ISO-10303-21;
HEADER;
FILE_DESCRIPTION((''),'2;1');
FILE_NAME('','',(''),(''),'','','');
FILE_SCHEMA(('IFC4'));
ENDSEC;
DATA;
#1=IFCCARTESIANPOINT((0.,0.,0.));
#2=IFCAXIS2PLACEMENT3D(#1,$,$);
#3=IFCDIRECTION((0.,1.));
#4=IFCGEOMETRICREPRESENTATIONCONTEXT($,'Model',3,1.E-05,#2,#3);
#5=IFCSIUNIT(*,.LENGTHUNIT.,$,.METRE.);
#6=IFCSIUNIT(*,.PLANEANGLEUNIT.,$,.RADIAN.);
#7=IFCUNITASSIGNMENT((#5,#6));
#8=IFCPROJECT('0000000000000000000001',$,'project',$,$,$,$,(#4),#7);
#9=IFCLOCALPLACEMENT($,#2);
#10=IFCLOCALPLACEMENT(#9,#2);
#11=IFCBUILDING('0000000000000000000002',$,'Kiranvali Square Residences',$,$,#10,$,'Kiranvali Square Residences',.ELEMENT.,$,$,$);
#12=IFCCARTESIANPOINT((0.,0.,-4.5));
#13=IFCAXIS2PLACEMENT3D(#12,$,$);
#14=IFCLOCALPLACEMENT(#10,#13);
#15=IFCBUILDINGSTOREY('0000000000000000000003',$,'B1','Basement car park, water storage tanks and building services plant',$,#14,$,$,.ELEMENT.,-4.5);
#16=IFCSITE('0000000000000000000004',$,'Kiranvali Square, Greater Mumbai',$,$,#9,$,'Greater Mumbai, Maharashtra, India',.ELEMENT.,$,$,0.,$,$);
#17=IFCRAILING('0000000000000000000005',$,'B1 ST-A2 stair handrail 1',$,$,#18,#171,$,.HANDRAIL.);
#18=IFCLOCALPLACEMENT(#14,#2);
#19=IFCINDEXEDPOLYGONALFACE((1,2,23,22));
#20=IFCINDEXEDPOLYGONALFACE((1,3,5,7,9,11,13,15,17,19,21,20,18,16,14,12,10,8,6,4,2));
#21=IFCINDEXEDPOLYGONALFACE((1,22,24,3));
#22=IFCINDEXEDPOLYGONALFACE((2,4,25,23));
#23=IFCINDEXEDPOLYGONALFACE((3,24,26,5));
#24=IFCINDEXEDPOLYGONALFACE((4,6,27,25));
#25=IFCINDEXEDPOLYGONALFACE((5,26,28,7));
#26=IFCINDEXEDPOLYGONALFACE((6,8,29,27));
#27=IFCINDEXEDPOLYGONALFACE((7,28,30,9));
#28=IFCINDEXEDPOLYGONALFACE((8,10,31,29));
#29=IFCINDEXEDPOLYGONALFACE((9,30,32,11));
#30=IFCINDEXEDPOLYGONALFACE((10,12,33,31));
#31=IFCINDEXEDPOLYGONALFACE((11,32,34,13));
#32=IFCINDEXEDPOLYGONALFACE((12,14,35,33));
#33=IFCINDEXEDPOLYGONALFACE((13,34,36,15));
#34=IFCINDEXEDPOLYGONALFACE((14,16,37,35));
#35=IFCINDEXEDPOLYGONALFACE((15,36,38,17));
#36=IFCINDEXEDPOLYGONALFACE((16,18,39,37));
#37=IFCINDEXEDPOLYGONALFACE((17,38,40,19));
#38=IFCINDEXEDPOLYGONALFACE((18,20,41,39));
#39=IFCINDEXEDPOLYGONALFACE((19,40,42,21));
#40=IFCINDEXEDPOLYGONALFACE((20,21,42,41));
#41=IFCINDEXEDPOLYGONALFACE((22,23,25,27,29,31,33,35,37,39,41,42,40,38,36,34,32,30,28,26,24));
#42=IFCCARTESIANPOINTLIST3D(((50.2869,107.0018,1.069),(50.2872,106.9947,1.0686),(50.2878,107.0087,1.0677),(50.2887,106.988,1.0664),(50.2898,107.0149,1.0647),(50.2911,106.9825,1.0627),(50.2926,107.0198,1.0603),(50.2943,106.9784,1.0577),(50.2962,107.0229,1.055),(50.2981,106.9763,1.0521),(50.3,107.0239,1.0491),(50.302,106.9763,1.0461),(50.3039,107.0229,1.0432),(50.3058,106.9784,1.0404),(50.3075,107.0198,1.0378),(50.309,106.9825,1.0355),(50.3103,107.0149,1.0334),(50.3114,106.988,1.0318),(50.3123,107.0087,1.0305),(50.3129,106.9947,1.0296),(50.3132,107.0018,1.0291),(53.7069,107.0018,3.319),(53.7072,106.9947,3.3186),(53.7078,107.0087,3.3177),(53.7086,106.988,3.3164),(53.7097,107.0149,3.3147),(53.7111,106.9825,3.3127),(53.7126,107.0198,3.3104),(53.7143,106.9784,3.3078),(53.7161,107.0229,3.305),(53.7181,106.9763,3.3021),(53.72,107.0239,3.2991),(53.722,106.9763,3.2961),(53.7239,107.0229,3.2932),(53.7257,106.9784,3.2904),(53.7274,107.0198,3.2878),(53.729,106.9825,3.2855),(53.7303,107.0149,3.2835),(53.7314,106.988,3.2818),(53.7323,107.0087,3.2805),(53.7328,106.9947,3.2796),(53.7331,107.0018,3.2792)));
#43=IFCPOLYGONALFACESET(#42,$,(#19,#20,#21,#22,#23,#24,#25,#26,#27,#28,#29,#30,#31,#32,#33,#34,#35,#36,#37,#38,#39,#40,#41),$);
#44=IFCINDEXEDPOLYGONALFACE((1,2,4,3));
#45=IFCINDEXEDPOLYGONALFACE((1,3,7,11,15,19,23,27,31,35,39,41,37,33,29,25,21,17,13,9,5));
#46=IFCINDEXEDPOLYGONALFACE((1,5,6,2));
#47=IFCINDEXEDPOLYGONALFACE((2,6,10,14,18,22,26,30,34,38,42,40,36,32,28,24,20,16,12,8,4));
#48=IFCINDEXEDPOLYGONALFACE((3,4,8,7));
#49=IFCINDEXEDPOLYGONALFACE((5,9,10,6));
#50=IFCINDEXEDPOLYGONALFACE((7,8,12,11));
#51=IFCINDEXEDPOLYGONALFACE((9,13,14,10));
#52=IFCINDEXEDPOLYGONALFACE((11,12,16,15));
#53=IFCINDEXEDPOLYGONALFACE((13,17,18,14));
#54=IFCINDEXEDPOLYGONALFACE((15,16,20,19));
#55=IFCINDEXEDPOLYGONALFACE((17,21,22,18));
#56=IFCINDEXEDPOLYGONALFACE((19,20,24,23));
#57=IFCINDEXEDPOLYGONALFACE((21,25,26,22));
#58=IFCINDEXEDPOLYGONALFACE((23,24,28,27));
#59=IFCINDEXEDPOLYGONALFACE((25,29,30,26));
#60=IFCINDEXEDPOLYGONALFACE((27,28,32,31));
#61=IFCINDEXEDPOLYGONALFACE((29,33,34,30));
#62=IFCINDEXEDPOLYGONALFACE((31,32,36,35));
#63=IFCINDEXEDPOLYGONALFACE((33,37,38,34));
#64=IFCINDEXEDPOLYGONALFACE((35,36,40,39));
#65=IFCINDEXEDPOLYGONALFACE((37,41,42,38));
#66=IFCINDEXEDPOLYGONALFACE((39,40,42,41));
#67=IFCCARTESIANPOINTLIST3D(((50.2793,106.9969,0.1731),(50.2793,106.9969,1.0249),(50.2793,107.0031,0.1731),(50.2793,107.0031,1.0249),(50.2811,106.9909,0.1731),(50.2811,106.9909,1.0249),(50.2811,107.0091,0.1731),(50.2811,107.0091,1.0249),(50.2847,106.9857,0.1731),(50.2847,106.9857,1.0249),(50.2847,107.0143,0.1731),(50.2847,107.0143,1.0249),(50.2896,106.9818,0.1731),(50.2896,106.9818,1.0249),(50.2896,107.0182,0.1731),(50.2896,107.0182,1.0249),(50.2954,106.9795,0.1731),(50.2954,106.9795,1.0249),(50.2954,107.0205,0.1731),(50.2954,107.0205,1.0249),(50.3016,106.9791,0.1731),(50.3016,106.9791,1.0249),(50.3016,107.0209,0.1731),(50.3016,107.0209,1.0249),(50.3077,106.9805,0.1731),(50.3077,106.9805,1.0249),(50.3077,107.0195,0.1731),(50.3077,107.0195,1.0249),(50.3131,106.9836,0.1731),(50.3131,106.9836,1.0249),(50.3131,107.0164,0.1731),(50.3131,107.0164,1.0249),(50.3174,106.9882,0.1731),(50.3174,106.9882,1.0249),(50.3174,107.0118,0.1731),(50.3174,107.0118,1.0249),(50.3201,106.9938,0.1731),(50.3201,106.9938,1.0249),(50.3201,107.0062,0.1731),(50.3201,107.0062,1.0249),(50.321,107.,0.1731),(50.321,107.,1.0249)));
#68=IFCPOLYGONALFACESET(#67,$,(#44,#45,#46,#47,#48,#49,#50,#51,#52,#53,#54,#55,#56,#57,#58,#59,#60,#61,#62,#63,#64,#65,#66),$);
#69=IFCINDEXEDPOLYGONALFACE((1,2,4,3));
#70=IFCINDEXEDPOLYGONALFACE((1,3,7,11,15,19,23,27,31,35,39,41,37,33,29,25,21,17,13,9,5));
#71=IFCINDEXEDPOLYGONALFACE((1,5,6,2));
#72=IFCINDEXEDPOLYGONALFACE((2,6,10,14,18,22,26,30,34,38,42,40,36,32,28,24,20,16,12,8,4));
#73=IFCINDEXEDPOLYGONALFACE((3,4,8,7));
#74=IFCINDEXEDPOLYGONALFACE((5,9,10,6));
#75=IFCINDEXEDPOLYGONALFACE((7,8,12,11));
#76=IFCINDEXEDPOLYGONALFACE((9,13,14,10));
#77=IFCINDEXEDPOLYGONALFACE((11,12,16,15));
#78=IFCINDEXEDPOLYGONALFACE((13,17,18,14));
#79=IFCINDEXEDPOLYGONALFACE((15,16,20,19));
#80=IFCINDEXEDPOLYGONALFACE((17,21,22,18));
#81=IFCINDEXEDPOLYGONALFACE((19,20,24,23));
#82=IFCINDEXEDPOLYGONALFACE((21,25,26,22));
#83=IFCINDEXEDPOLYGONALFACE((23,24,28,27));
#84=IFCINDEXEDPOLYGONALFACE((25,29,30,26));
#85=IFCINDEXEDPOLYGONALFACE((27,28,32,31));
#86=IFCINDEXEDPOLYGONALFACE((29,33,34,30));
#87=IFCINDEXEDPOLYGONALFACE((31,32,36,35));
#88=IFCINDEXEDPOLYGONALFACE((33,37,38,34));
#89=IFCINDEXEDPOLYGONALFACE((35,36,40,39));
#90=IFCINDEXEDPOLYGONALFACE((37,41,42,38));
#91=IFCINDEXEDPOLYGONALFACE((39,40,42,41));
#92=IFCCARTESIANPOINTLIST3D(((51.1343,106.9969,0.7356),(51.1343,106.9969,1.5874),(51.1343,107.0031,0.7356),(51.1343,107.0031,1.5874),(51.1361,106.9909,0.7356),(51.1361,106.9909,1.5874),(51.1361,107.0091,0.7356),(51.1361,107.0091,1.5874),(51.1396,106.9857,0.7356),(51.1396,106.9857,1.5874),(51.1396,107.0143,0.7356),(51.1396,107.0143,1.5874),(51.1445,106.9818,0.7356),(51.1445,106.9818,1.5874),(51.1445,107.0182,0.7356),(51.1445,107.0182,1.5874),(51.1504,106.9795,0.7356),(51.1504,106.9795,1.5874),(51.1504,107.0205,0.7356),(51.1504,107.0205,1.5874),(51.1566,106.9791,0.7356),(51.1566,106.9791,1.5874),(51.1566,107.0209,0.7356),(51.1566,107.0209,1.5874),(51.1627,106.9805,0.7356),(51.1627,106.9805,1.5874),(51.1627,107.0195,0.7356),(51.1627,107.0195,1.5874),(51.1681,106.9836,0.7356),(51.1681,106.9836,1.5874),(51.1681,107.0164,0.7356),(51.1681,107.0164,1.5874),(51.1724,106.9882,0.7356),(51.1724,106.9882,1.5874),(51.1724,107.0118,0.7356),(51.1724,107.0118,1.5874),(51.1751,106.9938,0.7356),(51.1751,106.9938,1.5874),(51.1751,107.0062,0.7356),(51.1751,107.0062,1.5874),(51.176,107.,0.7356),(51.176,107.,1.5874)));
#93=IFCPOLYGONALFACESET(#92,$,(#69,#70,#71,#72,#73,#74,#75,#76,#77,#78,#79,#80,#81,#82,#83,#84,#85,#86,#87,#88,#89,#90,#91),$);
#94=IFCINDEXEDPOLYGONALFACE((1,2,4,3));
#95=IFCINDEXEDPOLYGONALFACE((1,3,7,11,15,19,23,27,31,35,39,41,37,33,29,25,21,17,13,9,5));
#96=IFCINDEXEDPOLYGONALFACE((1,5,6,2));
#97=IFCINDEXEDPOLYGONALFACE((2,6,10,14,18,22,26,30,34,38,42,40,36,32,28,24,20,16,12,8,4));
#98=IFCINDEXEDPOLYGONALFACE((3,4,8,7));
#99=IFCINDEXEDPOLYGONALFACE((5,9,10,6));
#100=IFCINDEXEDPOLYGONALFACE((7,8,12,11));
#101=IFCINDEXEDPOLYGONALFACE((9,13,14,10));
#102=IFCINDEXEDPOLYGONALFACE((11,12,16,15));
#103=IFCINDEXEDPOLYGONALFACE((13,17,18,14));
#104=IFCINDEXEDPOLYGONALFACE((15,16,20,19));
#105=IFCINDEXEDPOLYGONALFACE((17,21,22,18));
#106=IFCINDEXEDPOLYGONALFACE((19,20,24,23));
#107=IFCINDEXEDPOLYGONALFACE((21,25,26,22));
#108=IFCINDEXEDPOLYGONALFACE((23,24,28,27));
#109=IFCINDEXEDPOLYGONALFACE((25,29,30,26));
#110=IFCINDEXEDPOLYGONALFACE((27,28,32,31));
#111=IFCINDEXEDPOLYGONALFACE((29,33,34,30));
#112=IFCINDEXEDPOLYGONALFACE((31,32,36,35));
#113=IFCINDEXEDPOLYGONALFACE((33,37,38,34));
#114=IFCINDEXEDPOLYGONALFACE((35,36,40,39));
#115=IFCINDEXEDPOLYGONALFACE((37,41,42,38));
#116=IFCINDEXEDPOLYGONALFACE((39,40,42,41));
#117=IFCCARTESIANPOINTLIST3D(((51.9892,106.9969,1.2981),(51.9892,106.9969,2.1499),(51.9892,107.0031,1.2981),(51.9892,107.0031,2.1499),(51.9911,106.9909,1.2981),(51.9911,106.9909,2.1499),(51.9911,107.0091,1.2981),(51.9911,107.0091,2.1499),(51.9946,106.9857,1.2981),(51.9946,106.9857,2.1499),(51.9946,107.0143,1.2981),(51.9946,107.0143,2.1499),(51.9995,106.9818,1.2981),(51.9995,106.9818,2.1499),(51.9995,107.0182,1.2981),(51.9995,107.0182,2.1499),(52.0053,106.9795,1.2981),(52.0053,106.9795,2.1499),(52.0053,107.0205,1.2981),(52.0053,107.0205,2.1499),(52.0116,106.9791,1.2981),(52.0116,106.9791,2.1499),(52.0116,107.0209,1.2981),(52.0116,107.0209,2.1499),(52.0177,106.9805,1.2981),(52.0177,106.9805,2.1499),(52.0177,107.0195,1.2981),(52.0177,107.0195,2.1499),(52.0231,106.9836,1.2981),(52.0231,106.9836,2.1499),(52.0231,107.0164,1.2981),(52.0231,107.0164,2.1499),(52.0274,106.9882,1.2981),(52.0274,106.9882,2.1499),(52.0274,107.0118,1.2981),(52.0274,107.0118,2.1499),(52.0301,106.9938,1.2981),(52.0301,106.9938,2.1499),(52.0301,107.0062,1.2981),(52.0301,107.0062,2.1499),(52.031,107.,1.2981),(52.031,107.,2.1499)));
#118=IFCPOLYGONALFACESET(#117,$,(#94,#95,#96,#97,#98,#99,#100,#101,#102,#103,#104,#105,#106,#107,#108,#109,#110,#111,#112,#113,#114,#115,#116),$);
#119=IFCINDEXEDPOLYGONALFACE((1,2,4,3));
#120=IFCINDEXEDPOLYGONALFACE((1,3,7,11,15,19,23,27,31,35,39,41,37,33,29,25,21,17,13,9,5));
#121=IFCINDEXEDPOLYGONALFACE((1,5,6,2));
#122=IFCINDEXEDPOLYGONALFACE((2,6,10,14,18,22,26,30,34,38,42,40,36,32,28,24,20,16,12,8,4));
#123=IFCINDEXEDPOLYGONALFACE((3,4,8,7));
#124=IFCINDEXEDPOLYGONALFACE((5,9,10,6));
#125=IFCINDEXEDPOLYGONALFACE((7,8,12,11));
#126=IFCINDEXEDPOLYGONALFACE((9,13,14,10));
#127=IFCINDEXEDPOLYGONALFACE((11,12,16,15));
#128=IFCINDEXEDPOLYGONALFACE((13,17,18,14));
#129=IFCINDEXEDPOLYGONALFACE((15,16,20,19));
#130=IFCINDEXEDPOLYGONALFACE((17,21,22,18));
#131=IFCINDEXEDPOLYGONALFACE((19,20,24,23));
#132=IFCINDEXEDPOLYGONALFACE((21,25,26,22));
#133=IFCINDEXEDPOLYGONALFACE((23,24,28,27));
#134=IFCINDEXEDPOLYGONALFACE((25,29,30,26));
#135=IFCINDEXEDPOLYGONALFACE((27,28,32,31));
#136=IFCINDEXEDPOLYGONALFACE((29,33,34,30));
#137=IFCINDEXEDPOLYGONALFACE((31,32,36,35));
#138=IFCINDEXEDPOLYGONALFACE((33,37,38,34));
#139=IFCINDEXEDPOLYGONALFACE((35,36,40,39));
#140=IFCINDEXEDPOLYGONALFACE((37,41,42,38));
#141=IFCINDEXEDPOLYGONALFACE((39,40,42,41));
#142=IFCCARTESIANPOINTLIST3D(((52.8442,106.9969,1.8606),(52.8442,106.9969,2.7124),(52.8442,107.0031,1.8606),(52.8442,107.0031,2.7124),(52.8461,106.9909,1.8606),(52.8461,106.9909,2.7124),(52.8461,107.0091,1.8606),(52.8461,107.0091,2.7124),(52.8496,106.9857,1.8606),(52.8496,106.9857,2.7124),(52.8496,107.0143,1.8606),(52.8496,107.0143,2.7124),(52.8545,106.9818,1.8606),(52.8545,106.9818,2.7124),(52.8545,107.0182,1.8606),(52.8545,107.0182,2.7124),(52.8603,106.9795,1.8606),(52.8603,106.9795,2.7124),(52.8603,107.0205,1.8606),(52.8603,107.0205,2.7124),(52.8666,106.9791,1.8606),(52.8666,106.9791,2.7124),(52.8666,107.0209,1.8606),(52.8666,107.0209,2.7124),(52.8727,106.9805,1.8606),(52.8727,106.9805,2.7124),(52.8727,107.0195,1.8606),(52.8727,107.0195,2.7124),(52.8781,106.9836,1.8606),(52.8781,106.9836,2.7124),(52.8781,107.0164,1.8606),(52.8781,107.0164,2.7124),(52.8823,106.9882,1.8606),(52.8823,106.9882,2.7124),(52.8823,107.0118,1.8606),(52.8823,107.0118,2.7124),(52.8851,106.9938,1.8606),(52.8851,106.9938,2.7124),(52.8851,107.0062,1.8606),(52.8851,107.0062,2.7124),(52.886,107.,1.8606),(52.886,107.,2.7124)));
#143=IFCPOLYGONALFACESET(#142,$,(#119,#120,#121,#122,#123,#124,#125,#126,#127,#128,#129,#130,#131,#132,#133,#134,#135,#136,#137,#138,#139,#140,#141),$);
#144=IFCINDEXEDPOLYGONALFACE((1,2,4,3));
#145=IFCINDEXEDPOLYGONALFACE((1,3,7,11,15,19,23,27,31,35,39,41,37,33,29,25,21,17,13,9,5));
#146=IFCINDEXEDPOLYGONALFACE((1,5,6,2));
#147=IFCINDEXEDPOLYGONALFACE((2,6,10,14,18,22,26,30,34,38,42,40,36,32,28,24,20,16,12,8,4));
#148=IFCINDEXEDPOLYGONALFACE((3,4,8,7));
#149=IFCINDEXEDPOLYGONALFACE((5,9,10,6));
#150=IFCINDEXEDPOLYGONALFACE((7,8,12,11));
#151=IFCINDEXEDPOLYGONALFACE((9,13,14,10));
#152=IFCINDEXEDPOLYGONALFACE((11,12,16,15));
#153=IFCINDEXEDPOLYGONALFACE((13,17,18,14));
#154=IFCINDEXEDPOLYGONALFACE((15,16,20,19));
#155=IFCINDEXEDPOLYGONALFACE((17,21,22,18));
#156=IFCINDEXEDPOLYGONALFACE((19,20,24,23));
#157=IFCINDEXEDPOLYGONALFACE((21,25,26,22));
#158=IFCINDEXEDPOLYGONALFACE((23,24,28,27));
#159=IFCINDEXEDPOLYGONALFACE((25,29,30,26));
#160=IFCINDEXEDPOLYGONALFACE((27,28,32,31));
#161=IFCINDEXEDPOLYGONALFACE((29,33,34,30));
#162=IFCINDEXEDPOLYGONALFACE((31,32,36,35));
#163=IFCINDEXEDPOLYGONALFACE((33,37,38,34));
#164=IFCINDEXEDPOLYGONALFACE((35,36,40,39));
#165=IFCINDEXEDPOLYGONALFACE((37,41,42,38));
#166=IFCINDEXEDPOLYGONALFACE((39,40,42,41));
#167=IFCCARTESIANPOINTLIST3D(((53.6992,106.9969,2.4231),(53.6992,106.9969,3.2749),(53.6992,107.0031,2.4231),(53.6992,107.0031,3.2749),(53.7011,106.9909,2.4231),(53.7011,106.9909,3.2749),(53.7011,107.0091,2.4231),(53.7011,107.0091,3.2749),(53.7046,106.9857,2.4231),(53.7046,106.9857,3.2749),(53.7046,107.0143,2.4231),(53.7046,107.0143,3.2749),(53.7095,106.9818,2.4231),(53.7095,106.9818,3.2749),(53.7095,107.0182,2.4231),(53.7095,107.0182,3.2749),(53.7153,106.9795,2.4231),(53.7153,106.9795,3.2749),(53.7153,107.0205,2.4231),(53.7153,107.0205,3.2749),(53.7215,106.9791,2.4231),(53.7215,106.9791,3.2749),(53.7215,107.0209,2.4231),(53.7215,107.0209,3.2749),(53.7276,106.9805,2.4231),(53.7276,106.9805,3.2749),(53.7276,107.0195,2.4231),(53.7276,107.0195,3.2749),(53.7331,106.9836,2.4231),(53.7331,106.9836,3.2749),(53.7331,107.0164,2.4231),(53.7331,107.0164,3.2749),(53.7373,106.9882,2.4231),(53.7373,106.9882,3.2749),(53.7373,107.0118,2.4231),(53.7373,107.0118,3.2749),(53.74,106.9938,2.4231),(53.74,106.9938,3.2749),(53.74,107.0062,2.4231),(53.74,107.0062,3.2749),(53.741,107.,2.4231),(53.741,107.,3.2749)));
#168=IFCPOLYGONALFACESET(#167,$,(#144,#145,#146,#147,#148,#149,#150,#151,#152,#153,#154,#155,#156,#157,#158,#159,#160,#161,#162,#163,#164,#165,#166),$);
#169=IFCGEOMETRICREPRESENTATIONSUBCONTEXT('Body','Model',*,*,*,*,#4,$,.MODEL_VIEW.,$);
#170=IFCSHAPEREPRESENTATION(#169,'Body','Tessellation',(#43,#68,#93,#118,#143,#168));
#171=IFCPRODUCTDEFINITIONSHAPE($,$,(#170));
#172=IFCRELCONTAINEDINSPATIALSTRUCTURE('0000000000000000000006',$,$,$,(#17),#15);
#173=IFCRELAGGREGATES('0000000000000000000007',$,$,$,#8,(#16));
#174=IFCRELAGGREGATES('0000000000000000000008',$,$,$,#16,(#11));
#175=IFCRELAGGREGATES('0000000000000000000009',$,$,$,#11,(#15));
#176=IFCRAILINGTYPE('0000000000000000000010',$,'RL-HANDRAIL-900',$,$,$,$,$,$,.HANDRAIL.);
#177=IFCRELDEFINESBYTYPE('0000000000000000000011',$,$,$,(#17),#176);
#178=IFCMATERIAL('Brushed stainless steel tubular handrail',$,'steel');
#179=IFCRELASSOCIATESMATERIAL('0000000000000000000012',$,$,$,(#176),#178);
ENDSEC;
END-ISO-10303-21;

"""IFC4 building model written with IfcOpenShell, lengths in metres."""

from ifc_helpers import new_model, si_unit, direction, frame, origin, origin_2d, place, context, subcontext, project, spatial, circle, extrude, material, type_object, element, save


model = new_model("IFC4")

# Units and contexts
model_context = context("Model", 3, precision=1e-05, world=origin(), true_north=direction((0.0, 1.0)))
body_context = subcontext(model_context, "Body", "Model", "MODEL_VIEW")
ifc_project = project(units=[si_unit("LENGTHUNIT", "METRE"), si_unit("PLANEANGLEUNIT", "RADIAN")], contexts=[model_context])

# Site, building, storey
site_placement = place(None, origin())
site = spatial("IfcSite", under=ifc_project, at=site_placement, Name="Kiranvali Square, Greater Mumbai", LongName="Greater Mumbai, Maharashtra, India", CompositionType="ELEMENT", RefElevation=0.0)
building_placement = place(site_placement, origin())
building = spatial("IfcBuilding", under=site, at=building_placement, Name="Kiranvali Square Residences", LongName="Kiranvali Square Residences", CompositionType="ELEMENT")
storey_placement = place(building_placement, frame((0.0, 0.0, -4.5)))
storey = spatial("IfcBuildingStorey", under=building, at=storey_placement, Name="B1", Description="Basement car park, water storage tanks and building services plant", CompositionType="ELEMENT", Elevation=-4.5)

# Railing
ifc_material_1 = material(Name="Brushed stainless steel tubular handrail", Category="steel")
railing_type_1 = type_object("IfcRailingType", Name="RL-HANDRAIL-900", PredefinedType="HANDRAIL", material=ifc_material_1)
railing_1_placement = place(storey_placement, frame((50.3, 107.0, 0.1731)))
element("IfcRailing", 1, at=railing_1_placement, inside=storey, type_object=railing_type_1, Name="B1 ST-A2 stair handrail 1", PredefinedType="HANDRAIL", context=body_context, shape_type="SweptSolid", body=[
    extrude(circle(Radius=0.0239, at=origin_2d()), frame((0.0, 0.0, 0.876), z_axis=(0.835411, 0.0, 0.549625), x_axis=(0.0, 1.0, 0.0)), (0.0, 0.0, 1.0), 4.0938),
    extrude(circle(Radius=0.021, at=origin_2d()), origin(), (0.0, 0.0, 1.0), 0.8518),
    extrude(circle(Radius=0.021, at=origin_2d()), frame((0.855, 0.0, 0.5625)), (0.0, 0.0, 1.0), 0.8518),
    extrude(circle(Radius=0.021, at=origin_2d()), frame((1.71, 0.0, 1.125)), (0.0, 0.0, 1.0), 0.8518),
    extrude(circle(Radius=0.021, at=origin_2d()), frame((2.5649, 0.0, 1.6875)), (0.0, 0.0, 1.0), 0.8518),
    extrude(circle(Radius=0.021, at=origin_2d()), frame((3.4199, 0.0, 2.25)), (0.0, 0.0, 1.0), 0.8518),
])

save(model, "model.ifc")
